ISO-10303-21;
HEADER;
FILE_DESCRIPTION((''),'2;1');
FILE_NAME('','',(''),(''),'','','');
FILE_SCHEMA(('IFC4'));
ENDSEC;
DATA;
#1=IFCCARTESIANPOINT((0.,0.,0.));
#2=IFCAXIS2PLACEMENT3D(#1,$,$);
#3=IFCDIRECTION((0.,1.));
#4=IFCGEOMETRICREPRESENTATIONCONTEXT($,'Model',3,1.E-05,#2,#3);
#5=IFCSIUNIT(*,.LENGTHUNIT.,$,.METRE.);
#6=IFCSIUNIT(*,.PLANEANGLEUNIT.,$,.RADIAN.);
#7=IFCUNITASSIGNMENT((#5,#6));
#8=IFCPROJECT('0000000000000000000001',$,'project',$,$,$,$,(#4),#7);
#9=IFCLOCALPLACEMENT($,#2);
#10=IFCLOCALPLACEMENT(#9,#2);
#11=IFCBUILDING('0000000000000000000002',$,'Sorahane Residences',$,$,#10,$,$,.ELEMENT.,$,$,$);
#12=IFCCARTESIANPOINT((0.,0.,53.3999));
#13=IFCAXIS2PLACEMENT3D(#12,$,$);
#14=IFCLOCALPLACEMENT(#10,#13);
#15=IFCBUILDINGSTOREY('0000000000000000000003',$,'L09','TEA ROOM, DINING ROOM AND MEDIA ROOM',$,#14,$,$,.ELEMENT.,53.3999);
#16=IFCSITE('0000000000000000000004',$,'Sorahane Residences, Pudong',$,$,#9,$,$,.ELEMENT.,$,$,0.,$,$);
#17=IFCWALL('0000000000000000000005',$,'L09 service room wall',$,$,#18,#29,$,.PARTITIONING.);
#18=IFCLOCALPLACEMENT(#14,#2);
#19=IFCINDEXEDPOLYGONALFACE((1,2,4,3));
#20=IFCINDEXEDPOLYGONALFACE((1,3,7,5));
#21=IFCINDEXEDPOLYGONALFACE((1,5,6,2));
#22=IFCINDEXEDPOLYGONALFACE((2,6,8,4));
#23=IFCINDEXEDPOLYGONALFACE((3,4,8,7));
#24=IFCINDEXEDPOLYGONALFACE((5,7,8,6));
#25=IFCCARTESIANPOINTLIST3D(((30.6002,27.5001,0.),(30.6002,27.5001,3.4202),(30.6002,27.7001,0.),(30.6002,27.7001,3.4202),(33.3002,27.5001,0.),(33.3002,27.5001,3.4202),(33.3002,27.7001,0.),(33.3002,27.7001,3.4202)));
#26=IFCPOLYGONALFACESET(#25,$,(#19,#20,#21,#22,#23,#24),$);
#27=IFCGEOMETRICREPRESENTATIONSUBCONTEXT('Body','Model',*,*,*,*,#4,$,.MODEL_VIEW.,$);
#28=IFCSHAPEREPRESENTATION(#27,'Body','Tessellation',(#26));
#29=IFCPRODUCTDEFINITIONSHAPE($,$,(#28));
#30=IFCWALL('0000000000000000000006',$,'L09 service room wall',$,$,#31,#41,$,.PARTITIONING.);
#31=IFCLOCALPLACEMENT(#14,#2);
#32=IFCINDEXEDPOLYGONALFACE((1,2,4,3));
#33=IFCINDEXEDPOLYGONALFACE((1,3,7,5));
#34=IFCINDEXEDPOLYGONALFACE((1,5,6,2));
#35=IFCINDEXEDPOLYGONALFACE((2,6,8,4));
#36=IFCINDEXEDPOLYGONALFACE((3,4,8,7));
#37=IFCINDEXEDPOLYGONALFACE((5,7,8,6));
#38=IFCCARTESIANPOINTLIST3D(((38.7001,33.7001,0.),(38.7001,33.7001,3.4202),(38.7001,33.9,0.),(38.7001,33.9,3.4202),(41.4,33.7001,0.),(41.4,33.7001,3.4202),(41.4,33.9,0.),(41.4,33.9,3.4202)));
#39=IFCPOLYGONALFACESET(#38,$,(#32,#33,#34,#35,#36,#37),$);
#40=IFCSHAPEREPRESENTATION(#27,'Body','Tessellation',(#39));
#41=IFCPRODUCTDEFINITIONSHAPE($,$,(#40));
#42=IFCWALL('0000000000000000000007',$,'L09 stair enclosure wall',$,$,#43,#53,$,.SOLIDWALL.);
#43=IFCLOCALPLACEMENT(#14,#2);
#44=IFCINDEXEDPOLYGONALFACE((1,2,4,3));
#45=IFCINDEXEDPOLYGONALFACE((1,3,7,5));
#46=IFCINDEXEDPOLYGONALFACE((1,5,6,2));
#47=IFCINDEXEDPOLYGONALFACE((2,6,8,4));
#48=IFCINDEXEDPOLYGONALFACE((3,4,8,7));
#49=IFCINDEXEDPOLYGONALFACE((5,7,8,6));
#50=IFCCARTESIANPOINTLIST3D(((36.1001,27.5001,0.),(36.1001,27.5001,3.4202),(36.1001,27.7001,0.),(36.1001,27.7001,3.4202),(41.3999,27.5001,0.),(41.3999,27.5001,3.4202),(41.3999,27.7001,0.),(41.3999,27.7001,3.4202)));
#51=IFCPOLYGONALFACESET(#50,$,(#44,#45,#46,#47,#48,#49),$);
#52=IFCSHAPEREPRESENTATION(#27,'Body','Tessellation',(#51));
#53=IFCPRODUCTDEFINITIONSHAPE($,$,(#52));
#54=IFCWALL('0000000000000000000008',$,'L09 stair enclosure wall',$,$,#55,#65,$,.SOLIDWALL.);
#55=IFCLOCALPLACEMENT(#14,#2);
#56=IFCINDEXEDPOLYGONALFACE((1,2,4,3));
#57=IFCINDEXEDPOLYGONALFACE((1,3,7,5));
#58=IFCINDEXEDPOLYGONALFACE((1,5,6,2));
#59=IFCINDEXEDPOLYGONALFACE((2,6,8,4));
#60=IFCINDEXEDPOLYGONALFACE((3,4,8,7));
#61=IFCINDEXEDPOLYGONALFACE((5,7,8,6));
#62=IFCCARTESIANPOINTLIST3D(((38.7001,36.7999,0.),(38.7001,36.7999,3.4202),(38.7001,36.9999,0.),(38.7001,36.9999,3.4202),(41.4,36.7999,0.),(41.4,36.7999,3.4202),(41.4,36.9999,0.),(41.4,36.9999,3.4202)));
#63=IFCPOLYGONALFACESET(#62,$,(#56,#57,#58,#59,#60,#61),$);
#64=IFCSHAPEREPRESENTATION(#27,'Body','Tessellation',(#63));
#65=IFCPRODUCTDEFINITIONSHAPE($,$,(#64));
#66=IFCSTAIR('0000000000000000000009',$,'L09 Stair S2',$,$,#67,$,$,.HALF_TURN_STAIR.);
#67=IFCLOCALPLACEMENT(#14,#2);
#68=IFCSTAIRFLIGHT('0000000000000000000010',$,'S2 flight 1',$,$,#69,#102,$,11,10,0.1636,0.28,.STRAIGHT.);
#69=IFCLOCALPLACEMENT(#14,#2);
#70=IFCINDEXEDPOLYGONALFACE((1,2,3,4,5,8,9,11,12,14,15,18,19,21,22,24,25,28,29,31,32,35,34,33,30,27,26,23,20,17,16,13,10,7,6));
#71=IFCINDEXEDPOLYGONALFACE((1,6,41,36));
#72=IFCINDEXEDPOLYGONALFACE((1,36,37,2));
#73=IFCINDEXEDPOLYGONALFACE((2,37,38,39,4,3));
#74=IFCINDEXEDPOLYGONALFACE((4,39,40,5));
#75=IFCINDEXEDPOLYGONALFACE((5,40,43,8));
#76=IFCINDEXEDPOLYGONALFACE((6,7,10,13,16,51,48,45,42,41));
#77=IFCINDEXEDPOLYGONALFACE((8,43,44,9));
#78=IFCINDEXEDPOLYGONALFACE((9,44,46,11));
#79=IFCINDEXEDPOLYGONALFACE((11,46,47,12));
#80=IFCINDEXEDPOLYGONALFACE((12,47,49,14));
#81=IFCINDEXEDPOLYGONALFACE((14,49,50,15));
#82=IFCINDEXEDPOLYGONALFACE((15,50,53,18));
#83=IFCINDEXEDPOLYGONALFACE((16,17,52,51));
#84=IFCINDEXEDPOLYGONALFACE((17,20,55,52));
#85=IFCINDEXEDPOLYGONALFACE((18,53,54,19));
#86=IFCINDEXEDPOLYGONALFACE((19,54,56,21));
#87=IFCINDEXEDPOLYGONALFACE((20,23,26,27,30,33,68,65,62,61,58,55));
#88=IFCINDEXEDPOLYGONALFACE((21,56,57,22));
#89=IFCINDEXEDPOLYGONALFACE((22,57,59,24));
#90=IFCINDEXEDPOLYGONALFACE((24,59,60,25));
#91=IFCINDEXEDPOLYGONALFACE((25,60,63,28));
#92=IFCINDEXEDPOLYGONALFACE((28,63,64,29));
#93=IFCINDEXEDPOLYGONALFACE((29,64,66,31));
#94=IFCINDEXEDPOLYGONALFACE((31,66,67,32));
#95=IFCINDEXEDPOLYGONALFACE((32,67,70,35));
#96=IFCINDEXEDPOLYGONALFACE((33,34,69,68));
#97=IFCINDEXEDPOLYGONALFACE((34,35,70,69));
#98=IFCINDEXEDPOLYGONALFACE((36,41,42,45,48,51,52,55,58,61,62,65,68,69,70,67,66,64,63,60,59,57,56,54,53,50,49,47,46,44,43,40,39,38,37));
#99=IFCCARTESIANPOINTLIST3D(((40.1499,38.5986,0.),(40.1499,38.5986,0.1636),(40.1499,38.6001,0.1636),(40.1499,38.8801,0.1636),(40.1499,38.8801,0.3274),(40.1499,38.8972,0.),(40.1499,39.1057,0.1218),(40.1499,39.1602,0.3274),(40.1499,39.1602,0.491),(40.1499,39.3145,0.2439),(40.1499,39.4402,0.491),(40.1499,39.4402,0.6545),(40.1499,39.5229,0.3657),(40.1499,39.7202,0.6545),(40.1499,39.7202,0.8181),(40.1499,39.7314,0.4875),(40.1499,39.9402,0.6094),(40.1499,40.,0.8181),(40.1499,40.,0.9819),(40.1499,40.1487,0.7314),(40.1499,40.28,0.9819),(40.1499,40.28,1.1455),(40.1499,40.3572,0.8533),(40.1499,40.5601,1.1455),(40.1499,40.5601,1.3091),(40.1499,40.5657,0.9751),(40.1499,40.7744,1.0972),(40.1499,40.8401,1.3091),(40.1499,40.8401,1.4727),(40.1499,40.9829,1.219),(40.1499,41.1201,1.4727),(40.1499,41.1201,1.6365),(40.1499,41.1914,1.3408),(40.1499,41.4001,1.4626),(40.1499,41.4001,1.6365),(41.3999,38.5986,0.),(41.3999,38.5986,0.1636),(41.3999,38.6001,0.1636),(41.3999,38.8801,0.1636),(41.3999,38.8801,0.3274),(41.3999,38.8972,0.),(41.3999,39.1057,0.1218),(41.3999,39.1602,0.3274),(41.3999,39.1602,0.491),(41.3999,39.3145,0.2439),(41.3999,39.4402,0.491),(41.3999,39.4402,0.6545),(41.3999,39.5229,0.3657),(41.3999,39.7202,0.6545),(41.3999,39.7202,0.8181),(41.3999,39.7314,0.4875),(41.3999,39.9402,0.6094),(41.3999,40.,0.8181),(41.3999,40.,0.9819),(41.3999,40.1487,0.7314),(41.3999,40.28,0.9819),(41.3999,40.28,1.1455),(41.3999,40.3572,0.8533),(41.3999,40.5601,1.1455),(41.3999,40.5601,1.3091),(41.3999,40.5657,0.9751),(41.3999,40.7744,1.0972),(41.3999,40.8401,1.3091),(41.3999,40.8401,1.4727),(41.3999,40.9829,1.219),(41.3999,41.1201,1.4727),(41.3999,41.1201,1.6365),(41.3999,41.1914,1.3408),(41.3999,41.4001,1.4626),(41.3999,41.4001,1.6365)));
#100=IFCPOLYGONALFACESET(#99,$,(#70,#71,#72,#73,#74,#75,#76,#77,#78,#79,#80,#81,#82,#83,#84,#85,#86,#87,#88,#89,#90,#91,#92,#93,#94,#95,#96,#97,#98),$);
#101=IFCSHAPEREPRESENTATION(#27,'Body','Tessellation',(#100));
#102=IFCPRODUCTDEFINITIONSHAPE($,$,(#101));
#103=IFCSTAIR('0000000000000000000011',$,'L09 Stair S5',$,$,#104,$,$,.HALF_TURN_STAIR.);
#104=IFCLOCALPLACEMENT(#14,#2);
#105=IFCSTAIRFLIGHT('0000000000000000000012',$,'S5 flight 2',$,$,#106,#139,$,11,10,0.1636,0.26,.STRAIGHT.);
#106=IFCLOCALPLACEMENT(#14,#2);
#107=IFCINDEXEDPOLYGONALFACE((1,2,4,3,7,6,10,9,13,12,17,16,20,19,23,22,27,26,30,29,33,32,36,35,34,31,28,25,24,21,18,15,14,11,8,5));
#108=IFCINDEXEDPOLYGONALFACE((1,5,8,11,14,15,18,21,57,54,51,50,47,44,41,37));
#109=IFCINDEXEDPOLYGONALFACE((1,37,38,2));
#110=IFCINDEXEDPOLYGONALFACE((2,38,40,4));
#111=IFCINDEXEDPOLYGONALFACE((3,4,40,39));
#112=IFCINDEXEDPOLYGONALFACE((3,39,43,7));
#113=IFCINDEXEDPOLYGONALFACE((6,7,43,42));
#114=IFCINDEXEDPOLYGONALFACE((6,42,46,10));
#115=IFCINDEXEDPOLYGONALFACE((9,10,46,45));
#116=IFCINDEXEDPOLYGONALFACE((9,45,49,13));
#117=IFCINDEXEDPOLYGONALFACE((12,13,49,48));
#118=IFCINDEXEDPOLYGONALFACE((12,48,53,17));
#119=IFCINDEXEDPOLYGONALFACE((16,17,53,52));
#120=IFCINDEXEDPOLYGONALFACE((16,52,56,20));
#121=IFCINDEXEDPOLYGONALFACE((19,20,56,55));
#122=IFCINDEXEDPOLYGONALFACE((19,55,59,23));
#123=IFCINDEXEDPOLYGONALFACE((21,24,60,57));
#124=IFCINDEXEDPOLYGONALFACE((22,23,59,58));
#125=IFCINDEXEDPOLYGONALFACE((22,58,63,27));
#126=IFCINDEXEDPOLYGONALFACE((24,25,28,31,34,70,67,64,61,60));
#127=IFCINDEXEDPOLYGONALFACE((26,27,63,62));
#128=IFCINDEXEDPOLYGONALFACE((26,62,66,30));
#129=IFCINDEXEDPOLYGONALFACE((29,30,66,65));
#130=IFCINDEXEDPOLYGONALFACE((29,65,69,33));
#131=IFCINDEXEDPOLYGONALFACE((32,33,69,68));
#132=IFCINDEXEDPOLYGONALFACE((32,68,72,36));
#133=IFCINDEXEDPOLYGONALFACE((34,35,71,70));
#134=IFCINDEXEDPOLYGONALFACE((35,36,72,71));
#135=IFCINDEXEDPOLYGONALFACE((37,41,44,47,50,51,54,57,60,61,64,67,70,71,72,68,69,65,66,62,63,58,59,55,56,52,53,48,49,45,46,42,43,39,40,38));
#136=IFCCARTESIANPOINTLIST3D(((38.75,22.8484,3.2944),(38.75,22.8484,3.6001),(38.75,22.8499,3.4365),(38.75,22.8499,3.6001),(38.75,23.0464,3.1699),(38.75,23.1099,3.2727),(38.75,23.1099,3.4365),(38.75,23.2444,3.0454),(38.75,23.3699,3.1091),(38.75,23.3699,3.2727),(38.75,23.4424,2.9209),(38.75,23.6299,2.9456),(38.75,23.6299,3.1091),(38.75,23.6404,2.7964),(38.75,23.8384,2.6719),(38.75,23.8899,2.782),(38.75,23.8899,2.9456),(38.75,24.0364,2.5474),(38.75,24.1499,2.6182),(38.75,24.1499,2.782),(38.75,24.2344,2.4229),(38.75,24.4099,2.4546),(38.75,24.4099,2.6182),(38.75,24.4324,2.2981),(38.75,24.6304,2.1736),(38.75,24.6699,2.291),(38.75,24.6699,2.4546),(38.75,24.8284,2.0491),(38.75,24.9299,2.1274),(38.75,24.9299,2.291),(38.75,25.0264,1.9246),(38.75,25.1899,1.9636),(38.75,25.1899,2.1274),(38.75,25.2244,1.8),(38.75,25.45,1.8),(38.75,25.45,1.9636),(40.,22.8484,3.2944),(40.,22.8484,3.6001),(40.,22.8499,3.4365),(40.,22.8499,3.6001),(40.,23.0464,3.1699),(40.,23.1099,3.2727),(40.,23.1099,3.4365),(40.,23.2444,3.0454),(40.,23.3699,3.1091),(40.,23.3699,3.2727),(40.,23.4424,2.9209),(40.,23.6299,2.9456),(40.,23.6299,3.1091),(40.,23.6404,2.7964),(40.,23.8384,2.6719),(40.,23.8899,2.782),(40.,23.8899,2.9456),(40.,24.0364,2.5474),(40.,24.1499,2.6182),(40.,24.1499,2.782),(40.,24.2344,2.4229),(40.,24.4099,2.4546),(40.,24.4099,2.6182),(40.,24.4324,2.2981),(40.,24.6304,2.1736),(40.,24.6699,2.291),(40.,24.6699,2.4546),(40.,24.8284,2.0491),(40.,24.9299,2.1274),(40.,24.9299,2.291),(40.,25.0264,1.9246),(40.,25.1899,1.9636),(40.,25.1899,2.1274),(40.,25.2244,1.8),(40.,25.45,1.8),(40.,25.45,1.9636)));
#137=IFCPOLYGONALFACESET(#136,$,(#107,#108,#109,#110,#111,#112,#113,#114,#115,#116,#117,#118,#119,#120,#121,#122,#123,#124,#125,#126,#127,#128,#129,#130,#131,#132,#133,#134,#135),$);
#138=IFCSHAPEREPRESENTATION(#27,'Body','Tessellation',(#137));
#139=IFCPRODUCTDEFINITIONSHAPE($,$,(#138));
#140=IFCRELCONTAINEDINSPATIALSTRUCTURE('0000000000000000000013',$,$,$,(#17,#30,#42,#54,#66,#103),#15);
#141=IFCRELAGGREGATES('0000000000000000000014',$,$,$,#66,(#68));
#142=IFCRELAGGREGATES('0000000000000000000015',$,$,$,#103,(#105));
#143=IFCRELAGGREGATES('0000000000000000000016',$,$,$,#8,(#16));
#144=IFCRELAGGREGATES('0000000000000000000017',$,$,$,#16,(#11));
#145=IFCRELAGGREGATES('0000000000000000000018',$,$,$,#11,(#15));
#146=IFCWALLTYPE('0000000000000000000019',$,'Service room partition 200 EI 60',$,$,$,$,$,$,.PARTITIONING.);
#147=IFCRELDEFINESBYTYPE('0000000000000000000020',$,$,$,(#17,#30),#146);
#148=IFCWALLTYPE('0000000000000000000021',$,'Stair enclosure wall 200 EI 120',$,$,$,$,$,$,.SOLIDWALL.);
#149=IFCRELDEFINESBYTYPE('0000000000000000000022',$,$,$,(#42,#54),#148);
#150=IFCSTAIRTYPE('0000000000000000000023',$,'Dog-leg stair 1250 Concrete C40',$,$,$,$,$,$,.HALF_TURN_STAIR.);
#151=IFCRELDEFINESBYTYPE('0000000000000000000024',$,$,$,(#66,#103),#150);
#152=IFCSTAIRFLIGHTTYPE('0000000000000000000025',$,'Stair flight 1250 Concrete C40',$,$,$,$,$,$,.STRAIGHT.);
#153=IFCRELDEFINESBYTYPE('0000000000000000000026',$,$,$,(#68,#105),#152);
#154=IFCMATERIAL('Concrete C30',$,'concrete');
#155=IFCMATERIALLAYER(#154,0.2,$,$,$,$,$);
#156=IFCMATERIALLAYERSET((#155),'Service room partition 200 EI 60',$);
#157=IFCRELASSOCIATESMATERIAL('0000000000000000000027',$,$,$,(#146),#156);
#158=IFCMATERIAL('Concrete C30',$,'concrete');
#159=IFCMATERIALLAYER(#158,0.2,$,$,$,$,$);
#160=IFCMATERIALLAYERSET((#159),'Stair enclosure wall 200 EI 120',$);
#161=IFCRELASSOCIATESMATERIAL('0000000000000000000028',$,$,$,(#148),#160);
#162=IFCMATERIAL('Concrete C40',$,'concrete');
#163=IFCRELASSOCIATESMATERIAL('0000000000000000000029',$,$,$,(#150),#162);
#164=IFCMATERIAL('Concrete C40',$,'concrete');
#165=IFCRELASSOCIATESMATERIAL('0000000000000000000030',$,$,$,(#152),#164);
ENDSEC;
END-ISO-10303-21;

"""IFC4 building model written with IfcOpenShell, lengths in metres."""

from ifc_helpers import new_model, si_unit, direction, frame, frame_2d, origin, place, context, subcontext, project, spatial, polyline, rectangle, outline, extrude, material, layer, layer_set, type_object, element, aggregate, save


model = new_model("IFC4")

# Units and contexts
model_context = context("Model", 3, precision=1e-05, world=origin(), true_north=direction((0.0, 1.0)))
body_context = subcontext(model_context, "Body", "Model", "MODEL_VIEW")
ifc_project = project(units=[si_unit("LENGTHUNIT", "METRE"), si_unit("PLANEANGLEUNIT", "RADIAN")], contexts=[model_context])

# Site, building, storey
site_placement = place(None, origin())
site = spatial("IfcSite", under=ifc_project, at=site_placement, Name="Sorahane Residences, Pudong", CompositionType="ELEMENT", RefElevation=0.0)
building_placement = place(site_placement, origin())
building = spatial("IfcBuilding", under=site, at=building_placement, Name="Sorahane Residences", CompositionType="ELEMENT")
storey_placement = place(building_placement, frame((0.0, 0.0, 53.3999)))
storey = spatial("IfcBuildingStorey", under=building, at=storey_placement, Name="L09", Description="TEA ROOM, DINING ROOM AND MEDIA ROOM", CompositionType="ELEMENT", Elevation=53.3999)

# Walls
ifc_material_1 = material(Name="Concrete C30", Category="concrete")
ifc_layer_1 = layer(ifc_material_1, 0.2)
ifc_layer_set_1 = layer_set([ifc_layer_1], Name="Service room partition 200 EI 60")
wall_type_1 = type_object("IfcWallType", Name="Service room partition 200 EI 60", PredefinedType="PARTITIONING", material=ifc_layer_set_1)
for number, where, z_axis, x_axis, name in (
    (1, (30.6001, 27.6001, 0.0), (0.0, 0.0, 1.0), (1.0, 0.0, 0.0), "L09 service room wall"),
    (2, (38.7, 33.8, 0.0), (0.0, 0.0, 1.0), (1.0, 0.0, 0.0), "L09 service room wall"),
):
    element("IfcWall", number, at=place(storey_placement, frame(where, z_axis=z_axis, x_axis=x_axis)), inside=storey, type_object=wall_type_1, Name=name, PredefinedType="PARTITIONING", context=body_context, shape_type="SweptSolid", body=[
        extrude(rectangle(XDim=2.7, YDim=0.2, at=frame_2d((1.3501, 0.0))), origin(), (0.0, 0.0, 1.0), 3.4202),
    ])
ifc_material_2 = material(Name="Concrete C30", Category="concrete")
ifc_layer_2 = layer(ifc_material_2, 0.2)
ifc_layer_set_2 = layer_set([ifc_layer_2], Name="Stair enclosure wall 200 EI 120")
wall_type_2 = type_object("IfcWallType", Name="Stair enclosure wall 200 EI 120", PredefinedType="SOLIDWALL", material=ifc_layer_set_2)
wall_1_placement = place(storey_placement, frame((36.1001, 27.6001, 0.0), z_axis=(0.0, 0.0, 1.0), x_axis=(1.0, 0.0, 0.0)))
element("IfcWall", 3, at=wall_1_placement, inside=storey, type_object=wall_type_2, Name="L09 stair enclosure wall", PredefinedType="SOLIDWALL", context=body_context, shape_type="SweptSolid", body=[
    extrude(rectangle(XDim=5.2998, YDim=0.2, at=frame_2d((2.6499, 0.0))), origin(), (0.0, 0.0, 1.0), 3.4202),
])
wall_2_placement = place(storey_placement, frame((38.7, 36.8999, 0.0), z_axis=(0.0, 0.0, 1.0), x_axis=(1.0, 0.0, 0.0)))
element("IfcWall", 4, at=wall_2_placement, inside=storey, type_object=wall_type_2, Name="L09 stair enclosure wall", PredefinedType="SOLIDWALL", context=body_context, shape_type="SweptSolid", body=[
    extrude(rectangle(XDim=2.7, YDim=0.2, at=frame_2d((1.3501, 0.0))), origin(), (0.0, 0.0, 1.0), 3.4202),
])

# Stairs, stair flights
ifc_material_3 = material(Name="Concrete C40", Category="concrete")
stair_type = type_object("IfcStairType", Name="Dog-leg stair 1250 Concrete C40", PredefinedType="HALF_TURN_STAIR", material=ifc_material_3)
stair_1_placement = place(storey_placement, origin())
stair_1 = element("IfcStair", 5, at=stair_1_placement, inside=storey, type_object=stair_type, Name="L09 Stair S2", PredefinedType="HALF_TURN_STAIR")
ifc_material_4 = material(Name="Concrete C40", Category="concrete")
stair_flight_type = type_object("IfcStairFlightType", Name="Stair flight 1250 Concrete C40", PredefinedType="STRAIGHT", material=ifc_material_4)
stair_flight_1_placement = place(storey_placement, frame((40.7749, 38.6001, 0.0), z_axis=(0.0, 0.0, 1.0), x_axis=(0.0, 1.0, 0.0)))
stair_flight_1 = element("IfcStairFlight", 6, at=stair_flight_1_placement, type_object=stair_flight_type, Name="S2 flight 1", NumberOfRisers=11, NumberOfTreads=10, PredefinedType="STRAIGHT", RiserHeight=0.1636, TreadLength=0.28, context=body_context, shape_type="SweptSolid", body=[
    extrude(outline(polyline([(-0.0015, 0.0), (-0.0015, 0.1636), (0.0, 0.1636), (0.28, 0.1636), (0.28, 0.3274), (0.5601, 0.3274), (0.5601, 0.491), (0.8401, 0.491), (0.8401, 0.6545), (1.1201, 0.6545), (1.1201, 0.8181), (1.3999, 0.8181), (1.3999, 0.9819), (1.6799, 0.9819), (1.6799, 1.1455), (1.96, 1.1455), (1.96, 1.3091), (2.24, 1.3091), (2.24, 1.4727), (2.52, 1.4727), (2.52, 1.6365), (2.8, 1.6365), (2.8, 1.8), (2.8, 1.4626), (2.5913, 1.3408), (2.3828, 1.219), (2.1743, 1.0972), (1.9656, 0.9751), (1.7571, 0.8533), (1.5486, 0.7314), (1.3401, 0.6094), (1.1313, 0.4875), (0.9229, 0.3657), (0.7144, 0.2439), (0.5056, 0.1218), (0.2971, 0.0), (-0.0015, 0.0)])), frame((0.0, 0.625, 0.0), z_axis=(0.0, -1.0, 0.0), x_axis=(1.0, 0.0, 0.0)), (0.0, 0.0, 1.0), 1.25),
])
aggregate(stair_1, [stair_flight_1])
stair_2_placement = place(storey_placement, origin())
stair_2 = element("IfcStair", 7, at=stair_2_placement, inside=storey, type_object=stair_type, Name="L09 Stair S5", PredefinedType="HALF_TURN_STAIR")
stair_flight_2_placement = place(storey_placement, frame((39.375, 25.45, 1.8), z_axis=(0.0, 0.0, 1.0), x_axis=(0.0, -1.0, 0.0)))
stair_flight_2 = element("IfcStairFlight", 8, at=stair_flight_2_placement, type_object=stair_flight_type, Name="S5 flight 2", NumberOfRisers=11, NumberOfTreads=10, PredefinedType="STRAIGHT", RiserHeight=0.1636, TreadLength=0.26, context=body_context, shape_type="SweptSolid", body=[
    extrude(outline(polyline([(0.0, 0.0), (0.0, 0.1636), (0.26, 0.1636), (0.26, 0.3274), (0.52, 0.3274), (0.52, 0.491), (0.78, 0.491), (0.78, 0.6545), (1.04, 0.6545), (1.04, 0.8181), (1.3, 0.8181), (1.3, 0.9819), (1.5601, 0.9819), (1.5601, 1.1455), (1.8201, 1.1455), (1.8201, 1.3091), (2.0801, 1.3091), (2.0801, 1.4727), (2.3401, 1.4727), (2.3401, 1.6365), (2.6001, 1.6365), (2.6001, 1.8), (2.6016, 1.8), (2.6016, 1.4944), (2.4036, 1.3699), (2.2056, 1.2454), (2.0076, 1.1208), (1.8096, 0.9963), (1.6116, 0.8718), (1.4136, 0.7473), (1.2156, 0.6228), (1.0176, 0.498), (0.8196, 0.3735), (0.6216, 0.249), (0.4236, 0.1245), (0.2256, 0.0), (0.0, 0.0)])), frame((0.0, 0.625, 0.0), z_axis=(0.0, -1.0, 0.0), x_axis=(1.0, 0.0, 0.0)), (0.0, 0.0, 1.0), 1.25),
])
aggregate(stair_2, [stair_flight_2])

save(model, "model.ifc")
